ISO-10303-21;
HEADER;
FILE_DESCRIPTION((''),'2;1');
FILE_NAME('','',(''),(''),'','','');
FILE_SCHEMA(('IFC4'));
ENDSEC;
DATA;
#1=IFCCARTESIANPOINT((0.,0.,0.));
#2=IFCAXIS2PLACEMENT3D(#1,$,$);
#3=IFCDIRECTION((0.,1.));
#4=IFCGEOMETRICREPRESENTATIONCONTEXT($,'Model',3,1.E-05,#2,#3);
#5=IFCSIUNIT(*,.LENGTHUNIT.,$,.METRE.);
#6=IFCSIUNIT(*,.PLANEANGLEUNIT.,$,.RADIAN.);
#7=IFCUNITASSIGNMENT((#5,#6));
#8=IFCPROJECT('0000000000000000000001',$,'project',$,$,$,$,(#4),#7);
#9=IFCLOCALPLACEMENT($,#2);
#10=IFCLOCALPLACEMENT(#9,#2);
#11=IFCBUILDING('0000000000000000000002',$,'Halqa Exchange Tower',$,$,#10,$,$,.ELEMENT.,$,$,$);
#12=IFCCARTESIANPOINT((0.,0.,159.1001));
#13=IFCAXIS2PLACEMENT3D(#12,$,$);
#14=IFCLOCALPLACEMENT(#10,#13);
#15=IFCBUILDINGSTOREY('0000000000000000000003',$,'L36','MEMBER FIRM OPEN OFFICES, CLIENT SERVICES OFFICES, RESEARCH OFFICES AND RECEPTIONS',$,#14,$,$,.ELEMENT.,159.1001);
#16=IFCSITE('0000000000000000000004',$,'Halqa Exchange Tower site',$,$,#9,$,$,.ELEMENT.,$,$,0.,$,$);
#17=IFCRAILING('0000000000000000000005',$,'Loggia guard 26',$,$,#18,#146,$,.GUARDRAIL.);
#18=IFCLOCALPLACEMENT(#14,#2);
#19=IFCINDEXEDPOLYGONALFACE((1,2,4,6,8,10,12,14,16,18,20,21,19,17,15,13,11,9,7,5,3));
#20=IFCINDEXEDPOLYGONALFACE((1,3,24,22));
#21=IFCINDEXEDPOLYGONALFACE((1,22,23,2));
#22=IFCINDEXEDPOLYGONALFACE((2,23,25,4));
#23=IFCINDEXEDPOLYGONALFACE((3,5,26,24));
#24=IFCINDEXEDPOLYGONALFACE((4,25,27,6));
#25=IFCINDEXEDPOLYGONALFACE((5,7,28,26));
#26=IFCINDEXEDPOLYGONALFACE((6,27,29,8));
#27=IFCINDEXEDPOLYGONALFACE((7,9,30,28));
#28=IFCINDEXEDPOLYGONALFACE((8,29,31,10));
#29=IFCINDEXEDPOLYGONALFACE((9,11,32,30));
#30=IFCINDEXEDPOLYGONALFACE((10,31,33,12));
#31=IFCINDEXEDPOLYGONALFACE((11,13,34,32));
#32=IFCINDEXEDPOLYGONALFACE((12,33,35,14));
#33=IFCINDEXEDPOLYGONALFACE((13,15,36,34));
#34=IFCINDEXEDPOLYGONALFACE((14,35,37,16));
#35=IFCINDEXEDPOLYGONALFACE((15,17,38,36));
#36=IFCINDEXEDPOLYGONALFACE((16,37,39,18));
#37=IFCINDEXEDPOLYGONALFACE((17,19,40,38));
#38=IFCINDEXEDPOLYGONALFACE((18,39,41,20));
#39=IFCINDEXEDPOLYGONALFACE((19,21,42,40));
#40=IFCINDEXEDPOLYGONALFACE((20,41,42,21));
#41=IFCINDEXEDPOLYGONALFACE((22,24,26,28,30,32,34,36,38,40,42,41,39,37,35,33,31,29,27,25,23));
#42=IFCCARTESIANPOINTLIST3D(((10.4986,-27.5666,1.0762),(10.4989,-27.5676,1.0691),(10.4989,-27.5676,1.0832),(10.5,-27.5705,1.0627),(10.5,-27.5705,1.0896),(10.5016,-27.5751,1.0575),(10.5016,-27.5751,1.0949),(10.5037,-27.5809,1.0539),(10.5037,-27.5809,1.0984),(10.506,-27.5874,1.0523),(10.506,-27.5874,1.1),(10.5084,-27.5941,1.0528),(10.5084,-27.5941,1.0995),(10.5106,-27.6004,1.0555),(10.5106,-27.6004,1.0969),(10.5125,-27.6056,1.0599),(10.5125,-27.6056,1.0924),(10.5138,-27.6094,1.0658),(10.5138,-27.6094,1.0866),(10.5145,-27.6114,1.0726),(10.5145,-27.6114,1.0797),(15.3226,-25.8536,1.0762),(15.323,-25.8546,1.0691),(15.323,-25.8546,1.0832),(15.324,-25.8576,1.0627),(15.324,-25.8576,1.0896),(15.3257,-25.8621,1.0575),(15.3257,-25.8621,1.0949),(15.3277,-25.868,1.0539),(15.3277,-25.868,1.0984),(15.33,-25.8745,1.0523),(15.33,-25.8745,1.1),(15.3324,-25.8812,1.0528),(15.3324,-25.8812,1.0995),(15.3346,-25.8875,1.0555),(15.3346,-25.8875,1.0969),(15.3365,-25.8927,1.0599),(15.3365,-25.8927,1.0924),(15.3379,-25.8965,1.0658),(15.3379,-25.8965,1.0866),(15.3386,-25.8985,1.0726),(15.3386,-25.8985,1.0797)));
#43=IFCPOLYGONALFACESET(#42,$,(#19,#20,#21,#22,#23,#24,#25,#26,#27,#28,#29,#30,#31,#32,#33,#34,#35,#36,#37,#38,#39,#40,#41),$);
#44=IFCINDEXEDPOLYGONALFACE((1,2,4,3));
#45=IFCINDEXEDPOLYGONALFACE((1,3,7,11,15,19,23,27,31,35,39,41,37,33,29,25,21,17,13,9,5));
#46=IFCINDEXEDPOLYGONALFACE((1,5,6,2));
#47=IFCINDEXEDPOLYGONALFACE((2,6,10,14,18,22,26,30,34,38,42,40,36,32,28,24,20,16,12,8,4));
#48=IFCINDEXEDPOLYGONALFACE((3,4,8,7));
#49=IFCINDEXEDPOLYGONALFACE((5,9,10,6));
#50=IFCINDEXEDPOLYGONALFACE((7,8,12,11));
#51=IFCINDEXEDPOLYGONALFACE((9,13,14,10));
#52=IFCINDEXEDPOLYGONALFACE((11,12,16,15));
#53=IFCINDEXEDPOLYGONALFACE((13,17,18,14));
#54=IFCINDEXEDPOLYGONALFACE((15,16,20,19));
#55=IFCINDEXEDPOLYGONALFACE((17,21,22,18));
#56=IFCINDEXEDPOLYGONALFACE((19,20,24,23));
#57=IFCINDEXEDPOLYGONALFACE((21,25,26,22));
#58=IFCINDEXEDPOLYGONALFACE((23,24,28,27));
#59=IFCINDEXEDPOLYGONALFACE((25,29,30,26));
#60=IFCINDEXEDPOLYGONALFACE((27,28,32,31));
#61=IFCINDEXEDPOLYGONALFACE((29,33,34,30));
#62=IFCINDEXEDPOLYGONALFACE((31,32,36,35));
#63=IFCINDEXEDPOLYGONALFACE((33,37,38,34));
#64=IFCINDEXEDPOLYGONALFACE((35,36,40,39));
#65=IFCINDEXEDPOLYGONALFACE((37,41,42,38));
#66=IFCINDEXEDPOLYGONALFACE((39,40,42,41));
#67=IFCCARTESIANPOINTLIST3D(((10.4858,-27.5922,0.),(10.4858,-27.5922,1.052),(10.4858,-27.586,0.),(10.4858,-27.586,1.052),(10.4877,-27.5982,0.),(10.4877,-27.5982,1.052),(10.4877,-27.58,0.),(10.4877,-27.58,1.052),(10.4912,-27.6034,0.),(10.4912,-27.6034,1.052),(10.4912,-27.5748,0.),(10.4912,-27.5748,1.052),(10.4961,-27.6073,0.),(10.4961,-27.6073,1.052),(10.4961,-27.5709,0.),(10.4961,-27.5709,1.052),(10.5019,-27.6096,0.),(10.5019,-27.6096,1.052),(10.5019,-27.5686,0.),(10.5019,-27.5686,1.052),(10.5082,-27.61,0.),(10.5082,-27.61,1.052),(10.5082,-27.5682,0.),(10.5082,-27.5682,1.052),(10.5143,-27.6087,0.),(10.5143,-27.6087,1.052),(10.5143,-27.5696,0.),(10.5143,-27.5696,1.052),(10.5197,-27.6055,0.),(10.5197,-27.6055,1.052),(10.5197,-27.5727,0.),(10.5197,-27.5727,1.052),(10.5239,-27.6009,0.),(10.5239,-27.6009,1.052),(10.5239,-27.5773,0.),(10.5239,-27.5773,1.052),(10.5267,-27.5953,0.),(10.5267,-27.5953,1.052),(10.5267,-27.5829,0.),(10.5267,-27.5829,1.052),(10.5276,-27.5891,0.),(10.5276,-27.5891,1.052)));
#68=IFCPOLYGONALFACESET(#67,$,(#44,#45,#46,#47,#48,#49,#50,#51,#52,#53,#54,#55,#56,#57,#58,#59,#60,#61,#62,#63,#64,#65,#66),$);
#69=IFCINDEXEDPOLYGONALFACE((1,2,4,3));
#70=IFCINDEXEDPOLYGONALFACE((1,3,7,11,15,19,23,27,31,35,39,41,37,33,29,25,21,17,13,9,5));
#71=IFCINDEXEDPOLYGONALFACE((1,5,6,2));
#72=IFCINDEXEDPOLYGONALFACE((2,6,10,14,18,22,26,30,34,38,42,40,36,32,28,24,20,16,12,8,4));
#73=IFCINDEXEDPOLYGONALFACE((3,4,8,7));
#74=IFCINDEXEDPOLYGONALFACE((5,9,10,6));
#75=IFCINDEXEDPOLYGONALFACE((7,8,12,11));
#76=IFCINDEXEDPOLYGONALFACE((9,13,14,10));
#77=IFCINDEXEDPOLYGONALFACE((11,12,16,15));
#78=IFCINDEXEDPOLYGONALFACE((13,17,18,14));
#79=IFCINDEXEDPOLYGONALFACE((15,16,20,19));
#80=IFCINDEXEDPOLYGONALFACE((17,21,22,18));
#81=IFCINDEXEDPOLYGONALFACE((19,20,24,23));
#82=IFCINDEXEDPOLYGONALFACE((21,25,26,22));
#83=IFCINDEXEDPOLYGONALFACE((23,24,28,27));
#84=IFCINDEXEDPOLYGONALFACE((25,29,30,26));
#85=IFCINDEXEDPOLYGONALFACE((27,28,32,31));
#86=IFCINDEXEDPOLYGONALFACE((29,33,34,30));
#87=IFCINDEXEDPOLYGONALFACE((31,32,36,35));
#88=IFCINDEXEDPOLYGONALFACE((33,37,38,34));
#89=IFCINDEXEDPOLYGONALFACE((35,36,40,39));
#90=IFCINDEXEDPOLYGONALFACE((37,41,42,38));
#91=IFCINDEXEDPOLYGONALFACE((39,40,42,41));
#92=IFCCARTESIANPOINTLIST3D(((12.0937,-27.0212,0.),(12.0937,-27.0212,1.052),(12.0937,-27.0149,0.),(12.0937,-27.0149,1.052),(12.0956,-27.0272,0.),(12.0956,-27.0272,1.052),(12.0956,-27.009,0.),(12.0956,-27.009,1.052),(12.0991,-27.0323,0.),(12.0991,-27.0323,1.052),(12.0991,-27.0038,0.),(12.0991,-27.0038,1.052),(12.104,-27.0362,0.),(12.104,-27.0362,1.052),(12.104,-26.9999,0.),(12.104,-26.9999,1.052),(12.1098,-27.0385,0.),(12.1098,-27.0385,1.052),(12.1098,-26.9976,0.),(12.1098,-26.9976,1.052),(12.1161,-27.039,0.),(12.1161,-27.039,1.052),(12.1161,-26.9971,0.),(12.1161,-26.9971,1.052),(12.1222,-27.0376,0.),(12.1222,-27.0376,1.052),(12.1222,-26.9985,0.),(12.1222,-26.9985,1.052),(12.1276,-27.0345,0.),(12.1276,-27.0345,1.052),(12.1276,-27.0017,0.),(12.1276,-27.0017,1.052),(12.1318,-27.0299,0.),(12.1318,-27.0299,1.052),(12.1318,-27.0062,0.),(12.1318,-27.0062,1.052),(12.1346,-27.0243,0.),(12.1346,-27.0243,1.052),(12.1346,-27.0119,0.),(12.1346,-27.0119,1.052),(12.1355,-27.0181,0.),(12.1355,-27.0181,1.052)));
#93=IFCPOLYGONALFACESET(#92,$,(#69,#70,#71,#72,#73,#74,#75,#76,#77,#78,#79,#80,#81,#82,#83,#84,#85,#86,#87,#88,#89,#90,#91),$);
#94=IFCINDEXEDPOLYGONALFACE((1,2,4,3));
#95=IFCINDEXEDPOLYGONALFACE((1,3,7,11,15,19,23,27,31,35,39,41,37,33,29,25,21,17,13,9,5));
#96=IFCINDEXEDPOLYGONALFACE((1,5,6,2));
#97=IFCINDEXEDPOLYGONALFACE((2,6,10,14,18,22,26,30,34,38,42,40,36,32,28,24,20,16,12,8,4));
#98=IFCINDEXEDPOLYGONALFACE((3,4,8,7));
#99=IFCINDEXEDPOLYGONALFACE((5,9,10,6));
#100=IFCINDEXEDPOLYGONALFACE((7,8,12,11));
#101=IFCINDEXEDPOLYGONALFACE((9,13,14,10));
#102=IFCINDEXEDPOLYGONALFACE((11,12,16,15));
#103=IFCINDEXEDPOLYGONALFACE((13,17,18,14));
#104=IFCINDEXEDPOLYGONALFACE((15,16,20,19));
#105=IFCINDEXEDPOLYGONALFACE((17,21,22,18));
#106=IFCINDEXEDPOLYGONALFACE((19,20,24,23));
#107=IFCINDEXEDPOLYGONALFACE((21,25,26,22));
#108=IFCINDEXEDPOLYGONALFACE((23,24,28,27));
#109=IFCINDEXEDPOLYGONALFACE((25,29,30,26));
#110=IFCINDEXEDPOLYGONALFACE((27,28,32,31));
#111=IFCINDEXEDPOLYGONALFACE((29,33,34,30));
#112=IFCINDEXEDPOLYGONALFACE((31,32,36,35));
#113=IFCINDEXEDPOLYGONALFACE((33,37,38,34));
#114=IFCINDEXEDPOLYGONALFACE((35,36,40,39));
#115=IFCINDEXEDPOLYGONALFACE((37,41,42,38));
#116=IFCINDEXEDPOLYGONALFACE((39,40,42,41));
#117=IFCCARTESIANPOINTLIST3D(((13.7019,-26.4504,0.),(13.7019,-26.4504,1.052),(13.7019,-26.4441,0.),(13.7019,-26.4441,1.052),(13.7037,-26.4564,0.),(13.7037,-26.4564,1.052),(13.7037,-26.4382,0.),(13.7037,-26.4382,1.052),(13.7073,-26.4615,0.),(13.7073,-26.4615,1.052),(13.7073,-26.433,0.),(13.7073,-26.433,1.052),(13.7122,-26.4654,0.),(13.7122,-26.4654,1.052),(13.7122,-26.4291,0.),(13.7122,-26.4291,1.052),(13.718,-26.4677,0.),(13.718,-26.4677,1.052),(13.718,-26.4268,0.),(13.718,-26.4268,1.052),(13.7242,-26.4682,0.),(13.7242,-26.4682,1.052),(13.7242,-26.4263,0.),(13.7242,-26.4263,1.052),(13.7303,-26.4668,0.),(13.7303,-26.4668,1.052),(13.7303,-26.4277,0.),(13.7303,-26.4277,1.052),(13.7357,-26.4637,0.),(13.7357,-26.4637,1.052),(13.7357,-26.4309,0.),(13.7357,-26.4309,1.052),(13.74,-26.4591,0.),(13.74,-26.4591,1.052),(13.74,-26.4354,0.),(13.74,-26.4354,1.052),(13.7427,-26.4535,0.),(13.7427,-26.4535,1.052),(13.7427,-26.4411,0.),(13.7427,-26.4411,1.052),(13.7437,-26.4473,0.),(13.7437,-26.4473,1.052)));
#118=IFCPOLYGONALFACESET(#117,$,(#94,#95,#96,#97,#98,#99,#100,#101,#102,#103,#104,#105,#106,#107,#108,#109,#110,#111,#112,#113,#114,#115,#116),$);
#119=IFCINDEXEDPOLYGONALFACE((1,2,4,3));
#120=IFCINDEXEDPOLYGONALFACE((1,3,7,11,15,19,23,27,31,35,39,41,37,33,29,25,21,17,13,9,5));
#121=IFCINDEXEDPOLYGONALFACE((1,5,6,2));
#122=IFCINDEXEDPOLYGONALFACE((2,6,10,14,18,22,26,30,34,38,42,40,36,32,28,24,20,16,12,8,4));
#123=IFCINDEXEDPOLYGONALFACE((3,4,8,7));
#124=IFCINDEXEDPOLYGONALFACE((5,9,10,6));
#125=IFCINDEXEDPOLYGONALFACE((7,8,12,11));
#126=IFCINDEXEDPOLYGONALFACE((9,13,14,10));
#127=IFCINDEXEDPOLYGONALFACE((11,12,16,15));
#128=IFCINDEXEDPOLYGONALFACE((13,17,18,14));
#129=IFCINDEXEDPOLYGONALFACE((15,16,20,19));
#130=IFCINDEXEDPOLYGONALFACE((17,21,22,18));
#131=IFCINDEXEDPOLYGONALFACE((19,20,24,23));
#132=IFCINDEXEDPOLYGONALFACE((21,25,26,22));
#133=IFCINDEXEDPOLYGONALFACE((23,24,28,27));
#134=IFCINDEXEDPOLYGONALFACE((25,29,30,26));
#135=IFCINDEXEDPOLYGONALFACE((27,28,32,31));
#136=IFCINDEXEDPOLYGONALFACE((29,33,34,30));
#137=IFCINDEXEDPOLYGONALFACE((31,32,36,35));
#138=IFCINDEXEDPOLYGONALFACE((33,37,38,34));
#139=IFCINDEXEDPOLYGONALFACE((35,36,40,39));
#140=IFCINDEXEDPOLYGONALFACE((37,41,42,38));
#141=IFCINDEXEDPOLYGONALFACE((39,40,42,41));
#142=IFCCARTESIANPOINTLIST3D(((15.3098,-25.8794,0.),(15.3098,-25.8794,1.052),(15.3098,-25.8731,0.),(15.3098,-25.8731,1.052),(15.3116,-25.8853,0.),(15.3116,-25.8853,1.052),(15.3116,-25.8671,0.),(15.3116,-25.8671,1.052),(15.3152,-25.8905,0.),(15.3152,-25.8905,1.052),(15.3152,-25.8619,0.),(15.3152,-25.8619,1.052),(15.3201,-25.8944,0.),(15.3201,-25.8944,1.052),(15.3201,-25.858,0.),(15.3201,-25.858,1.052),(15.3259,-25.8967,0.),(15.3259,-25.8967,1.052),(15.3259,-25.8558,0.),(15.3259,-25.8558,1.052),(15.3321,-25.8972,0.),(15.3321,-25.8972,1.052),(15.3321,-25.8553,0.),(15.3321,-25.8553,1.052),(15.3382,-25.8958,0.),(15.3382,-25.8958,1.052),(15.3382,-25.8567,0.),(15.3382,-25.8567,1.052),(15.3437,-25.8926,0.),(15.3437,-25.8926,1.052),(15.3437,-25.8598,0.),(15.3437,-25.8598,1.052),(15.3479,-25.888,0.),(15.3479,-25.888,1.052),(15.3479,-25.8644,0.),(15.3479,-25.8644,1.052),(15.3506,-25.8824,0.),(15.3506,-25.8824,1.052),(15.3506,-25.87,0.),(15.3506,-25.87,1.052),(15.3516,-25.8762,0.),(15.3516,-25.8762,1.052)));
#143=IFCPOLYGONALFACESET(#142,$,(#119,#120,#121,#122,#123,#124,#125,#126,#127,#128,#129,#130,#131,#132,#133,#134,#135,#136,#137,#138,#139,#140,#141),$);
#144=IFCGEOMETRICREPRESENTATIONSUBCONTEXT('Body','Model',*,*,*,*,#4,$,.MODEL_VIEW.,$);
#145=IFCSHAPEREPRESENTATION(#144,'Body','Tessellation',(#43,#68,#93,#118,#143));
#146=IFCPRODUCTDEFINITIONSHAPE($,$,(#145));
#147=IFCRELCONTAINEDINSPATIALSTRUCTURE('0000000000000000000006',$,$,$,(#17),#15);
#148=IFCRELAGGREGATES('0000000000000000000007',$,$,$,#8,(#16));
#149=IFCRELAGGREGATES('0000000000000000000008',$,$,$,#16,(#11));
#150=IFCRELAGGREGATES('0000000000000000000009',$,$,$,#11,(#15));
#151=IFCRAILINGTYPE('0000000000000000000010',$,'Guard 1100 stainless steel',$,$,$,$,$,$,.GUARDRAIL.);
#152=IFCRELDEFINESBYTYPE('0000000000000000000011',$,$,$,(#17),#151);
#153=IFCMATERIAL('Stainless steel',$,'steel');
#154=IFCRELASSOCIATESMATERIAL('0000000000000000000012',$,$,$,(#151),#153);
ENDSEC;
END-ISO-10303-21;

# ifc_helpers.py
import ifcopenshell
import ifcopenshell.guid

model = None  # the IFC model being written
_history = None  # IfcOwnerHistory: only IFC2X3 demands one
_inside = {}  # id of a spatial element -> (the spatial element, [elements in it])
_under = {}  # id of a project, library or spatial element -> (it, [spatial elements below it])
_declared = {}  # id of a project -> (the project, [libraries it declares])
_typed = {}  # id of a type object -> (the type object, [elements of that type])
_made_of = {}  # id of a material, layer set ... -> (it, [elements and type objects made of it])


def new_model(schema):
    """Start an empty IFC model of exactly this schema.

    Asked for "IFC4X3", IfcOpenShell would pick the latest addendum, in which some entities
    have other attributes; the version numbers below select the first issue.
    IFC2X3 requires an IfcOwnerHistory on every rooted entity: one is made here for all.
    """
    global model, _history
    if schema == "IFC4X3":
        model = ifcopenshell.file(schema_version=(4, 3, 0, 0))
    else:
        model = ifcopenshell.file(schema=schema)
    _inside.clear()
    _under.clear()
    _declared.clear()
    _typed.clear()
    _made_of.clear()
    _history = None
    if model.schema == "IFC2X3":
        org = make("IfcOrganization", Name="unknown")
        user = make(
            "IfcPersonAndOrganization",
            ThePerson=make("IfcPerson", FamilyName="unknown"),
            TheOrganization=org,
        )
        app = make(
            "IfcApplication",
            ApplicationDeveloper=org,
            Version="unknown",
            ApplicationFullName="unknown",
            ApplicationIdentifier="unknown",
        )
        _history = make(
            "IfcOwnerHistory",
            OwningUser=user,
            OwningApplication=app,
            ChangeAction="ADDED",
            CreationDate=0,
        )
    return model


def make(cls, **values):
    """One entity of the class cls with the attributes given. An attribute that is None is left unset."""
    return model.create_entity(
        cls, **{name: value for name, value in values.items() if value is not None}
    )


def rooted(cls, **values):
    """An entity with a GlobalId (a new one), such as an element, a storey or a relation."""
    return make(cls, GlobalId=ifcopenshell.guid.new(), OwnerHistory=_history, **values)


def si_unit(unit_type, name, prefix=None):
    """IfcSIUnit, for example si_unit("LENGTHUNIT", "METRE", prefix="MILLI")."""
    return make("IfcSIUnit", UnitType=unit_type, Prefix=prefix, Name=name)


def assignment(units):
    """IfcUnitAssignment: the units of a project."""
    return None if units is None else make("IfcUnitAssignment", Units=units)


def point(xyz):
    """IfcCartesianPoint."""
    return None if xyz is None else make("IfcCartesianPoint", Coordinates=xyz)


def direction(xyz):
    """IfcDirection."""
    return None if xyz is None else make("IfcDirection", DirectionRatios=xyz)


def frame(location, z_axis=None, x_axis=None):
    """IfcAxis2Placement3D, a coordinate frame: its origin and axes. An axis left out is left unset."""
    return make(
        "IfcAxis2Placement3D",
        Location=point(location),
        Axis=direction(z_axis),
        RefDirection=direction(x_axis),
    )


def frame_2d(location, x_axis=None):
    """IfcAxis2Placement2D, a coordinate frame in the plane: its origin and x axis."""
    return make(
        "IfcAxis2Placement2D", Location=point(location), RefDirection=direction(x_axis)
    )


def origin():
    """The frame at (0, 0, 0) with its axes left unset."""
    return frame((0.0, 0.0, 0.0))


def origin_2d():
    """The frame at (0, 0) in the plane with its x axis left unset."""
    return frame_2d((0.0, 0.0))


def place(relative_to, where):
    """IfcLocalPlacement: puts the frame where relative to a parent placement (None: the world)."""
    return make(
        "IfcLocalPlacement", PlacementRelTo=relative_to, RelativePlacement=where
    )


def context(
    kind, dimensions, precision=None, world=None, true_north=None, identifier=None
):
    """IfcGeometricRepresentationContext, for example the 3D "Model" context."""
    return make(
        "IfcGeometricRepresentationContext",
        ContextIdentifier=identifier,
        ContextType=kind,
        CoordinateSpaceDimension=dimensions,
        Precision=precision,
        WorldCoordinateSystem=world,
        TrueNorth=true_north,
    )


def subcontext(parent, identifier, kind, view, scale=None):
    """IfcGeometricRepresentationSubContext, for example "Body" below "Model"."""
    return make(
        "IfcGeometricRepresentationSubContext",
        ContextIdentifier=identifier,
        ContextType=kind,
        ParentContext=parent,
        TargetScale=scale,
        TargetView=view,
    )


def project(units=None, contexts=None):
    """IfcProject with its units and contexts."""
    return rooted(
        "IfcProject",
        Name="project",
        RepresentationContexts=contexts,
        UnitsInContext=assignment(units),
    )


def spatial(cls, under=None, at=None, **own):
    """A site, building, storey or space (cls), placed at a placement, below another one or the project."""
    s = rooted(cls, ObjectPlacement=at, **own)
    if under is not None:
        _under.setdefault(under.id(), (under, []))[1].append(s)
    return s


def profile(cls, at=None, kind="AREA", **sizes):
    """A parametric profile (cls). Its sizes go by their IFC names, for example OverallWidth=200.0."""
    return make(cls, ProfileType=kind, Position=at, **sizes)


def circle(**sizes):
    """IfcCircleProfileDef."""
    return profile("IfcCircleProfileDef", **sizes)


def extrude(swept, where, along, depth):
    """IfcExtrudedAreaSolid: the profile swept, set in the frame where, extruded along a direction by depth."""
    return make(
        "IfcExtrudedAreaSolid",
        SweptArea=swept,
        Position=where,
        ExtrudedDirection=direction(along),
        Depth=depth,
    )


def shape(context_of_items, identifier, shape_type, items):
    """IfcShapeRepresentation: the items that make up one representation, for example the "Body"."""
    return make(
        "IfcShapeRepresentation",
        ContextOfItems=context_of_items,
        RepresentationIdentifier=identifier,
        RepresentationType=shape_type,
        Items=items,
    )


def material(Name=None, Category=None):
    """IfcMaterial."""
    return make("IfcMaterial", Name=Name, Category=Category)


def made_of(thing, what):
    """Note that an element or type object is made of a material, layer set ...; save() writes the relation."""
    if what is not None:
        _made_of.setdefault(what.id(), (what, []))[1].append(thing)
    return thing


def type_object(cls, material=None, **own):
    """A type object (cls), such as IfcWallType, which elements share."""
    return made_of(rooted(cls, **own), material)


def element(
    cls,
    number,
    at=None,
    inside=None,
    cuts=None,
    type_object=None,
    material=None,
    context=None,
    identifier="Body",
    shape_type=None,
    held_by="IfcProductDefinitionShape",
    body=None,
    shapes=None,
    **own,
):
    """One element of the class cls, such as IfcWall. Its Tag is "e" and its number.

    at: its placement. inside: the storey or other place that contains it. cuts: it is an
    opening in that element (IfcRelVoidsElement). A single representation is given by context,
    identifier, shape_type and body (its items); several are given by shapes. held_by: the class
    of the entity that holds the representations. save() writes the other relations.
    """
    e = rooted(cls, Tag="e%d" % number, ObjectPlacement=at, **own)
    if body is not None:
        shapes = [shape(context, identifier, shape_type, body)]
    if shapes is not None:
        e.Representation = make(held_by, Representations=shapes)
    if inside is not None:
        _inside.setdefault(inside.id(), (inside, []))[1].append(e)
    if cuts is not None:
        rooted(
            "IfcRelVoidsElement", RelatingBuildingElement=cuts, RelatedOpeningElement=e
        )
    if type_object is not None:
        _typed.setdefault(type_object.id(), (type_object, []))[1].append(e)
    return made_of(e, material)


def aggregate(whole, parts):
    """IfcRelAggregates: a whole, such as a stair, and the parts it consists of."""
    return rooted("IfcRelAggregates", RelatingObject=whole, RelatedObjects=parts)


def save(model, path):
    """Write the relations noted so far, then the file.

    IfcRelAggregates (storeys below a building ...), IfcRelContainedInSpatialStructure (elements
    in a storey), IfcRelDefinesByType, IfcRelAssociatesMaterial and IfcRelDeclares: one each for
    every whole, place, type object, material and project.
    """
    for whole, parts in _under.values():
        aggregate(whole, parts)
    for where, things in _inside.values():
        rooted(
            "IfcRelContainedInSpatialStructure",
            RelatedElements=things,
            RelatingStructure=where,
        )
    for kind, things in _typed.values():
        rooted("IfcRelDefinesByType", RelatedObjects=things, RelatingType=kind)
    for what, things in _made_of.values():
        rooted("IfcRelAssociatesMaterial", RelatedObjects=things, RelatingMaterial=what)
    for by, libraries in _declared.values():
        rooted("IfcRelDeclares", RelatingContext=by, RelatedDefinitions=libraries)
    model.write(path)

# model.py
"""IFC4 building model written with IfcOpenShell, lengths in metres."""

from ifc_helpers import new_model, si_unit, direction, frame, origin, origin_2d, place, context, subcontext, project, spatial, circle, extrude, material, type_object, element, save


model = new_model("IFC4")

# Units and contexts
model_context = context("Model", 3, precision=1e-05, world=origin(), true_north=direction((0.0, 1.0)))
body_context = subcontext(model_context, "Body", "Model", "MODEL_VIEW")
ifc_project = project(units=[si_unit("LENGTHUNIT", "METRE"), si_unit("PLANEANGLEUNIT", "RADIAN")], contexts=[model_context])

# Site, building, storey
site_placement = place(None, origin())
site = spatial("IfcSite", under=ifc_project, at=site_placement, Name="Halqa Exchange Tower site", CompositionType="ELEMENT", RefElevation=0.0)
building_placement = place(site_placement, origin())
building = spatial("IfcBuilding", under=site, at=building_placement, Name="Halqa Exchange Tower", CompositionType="ELEMENT")
storey_placement = place(building_placement, frame((0.0, 0.0, 159.1001)))
storey = spatial("IfcBuildingStorey", under=building, at=storey_placement, Name="L36", Description="MEMBER FIRM OPEN OFFICES, CLIENT SERVICES OFFICES, RESEARCH OFFICES AND RECEPTIONS", CompositionType="ELEMENT", Elevation=159.1001)

# Railing
ifc_material_1 = material(Name="Stainless steel", Category="steel")
railing_type_1 = type_object("IfcRailingType", Name="Guard 1100 stainless steel", PredefinedType="GUARDRAIL", material=ifc_material_1)
railing_1_placement = place(storey_placement, frame((10.5066, -27.5891, 0.0)))
element("IfcRailing", 1, at=railing_1_placement, inside=storey, type_object=railing_type_1, Name="Loggia guard 26", PredefinedType="GUARDRAIL", context=body_context, shape_type="SweptSolid", body=[
    extrude(circle(Radius=0.0239, at=origin_2d()), frame((0.0, 0.0, 1.0762), z_axis=(0.942356, 0.334611, 0.0), x_axis=(-0.334611, 0.942356, 0.0)), (0.0, 0.0, 1.0), 5.1191),
    extrude(circle(Radius=0.021, at=origin_2d()), origin(), (0.0, 0.0, 1.0), 1.052),
    extrude(circle(Radius=0.021, at=origin_2d()), frame((1.6079, 0.571, 0.0)), (0.0, 0.0, 1.0), 1.052),
    extrude(circle(Radius=0.021, at=origin_2d()), frame((3.2161, 1.1418, 0.0)), (0.0, 0.0, 1.0), 1.052),
    extrude(circle(Radius=0.021, at=origin_2d()), frame((4.824, 1.7129, 0.0)), (0.0, 0.0, 1.0), 1.052),
])

save(model, "model.ifc")
